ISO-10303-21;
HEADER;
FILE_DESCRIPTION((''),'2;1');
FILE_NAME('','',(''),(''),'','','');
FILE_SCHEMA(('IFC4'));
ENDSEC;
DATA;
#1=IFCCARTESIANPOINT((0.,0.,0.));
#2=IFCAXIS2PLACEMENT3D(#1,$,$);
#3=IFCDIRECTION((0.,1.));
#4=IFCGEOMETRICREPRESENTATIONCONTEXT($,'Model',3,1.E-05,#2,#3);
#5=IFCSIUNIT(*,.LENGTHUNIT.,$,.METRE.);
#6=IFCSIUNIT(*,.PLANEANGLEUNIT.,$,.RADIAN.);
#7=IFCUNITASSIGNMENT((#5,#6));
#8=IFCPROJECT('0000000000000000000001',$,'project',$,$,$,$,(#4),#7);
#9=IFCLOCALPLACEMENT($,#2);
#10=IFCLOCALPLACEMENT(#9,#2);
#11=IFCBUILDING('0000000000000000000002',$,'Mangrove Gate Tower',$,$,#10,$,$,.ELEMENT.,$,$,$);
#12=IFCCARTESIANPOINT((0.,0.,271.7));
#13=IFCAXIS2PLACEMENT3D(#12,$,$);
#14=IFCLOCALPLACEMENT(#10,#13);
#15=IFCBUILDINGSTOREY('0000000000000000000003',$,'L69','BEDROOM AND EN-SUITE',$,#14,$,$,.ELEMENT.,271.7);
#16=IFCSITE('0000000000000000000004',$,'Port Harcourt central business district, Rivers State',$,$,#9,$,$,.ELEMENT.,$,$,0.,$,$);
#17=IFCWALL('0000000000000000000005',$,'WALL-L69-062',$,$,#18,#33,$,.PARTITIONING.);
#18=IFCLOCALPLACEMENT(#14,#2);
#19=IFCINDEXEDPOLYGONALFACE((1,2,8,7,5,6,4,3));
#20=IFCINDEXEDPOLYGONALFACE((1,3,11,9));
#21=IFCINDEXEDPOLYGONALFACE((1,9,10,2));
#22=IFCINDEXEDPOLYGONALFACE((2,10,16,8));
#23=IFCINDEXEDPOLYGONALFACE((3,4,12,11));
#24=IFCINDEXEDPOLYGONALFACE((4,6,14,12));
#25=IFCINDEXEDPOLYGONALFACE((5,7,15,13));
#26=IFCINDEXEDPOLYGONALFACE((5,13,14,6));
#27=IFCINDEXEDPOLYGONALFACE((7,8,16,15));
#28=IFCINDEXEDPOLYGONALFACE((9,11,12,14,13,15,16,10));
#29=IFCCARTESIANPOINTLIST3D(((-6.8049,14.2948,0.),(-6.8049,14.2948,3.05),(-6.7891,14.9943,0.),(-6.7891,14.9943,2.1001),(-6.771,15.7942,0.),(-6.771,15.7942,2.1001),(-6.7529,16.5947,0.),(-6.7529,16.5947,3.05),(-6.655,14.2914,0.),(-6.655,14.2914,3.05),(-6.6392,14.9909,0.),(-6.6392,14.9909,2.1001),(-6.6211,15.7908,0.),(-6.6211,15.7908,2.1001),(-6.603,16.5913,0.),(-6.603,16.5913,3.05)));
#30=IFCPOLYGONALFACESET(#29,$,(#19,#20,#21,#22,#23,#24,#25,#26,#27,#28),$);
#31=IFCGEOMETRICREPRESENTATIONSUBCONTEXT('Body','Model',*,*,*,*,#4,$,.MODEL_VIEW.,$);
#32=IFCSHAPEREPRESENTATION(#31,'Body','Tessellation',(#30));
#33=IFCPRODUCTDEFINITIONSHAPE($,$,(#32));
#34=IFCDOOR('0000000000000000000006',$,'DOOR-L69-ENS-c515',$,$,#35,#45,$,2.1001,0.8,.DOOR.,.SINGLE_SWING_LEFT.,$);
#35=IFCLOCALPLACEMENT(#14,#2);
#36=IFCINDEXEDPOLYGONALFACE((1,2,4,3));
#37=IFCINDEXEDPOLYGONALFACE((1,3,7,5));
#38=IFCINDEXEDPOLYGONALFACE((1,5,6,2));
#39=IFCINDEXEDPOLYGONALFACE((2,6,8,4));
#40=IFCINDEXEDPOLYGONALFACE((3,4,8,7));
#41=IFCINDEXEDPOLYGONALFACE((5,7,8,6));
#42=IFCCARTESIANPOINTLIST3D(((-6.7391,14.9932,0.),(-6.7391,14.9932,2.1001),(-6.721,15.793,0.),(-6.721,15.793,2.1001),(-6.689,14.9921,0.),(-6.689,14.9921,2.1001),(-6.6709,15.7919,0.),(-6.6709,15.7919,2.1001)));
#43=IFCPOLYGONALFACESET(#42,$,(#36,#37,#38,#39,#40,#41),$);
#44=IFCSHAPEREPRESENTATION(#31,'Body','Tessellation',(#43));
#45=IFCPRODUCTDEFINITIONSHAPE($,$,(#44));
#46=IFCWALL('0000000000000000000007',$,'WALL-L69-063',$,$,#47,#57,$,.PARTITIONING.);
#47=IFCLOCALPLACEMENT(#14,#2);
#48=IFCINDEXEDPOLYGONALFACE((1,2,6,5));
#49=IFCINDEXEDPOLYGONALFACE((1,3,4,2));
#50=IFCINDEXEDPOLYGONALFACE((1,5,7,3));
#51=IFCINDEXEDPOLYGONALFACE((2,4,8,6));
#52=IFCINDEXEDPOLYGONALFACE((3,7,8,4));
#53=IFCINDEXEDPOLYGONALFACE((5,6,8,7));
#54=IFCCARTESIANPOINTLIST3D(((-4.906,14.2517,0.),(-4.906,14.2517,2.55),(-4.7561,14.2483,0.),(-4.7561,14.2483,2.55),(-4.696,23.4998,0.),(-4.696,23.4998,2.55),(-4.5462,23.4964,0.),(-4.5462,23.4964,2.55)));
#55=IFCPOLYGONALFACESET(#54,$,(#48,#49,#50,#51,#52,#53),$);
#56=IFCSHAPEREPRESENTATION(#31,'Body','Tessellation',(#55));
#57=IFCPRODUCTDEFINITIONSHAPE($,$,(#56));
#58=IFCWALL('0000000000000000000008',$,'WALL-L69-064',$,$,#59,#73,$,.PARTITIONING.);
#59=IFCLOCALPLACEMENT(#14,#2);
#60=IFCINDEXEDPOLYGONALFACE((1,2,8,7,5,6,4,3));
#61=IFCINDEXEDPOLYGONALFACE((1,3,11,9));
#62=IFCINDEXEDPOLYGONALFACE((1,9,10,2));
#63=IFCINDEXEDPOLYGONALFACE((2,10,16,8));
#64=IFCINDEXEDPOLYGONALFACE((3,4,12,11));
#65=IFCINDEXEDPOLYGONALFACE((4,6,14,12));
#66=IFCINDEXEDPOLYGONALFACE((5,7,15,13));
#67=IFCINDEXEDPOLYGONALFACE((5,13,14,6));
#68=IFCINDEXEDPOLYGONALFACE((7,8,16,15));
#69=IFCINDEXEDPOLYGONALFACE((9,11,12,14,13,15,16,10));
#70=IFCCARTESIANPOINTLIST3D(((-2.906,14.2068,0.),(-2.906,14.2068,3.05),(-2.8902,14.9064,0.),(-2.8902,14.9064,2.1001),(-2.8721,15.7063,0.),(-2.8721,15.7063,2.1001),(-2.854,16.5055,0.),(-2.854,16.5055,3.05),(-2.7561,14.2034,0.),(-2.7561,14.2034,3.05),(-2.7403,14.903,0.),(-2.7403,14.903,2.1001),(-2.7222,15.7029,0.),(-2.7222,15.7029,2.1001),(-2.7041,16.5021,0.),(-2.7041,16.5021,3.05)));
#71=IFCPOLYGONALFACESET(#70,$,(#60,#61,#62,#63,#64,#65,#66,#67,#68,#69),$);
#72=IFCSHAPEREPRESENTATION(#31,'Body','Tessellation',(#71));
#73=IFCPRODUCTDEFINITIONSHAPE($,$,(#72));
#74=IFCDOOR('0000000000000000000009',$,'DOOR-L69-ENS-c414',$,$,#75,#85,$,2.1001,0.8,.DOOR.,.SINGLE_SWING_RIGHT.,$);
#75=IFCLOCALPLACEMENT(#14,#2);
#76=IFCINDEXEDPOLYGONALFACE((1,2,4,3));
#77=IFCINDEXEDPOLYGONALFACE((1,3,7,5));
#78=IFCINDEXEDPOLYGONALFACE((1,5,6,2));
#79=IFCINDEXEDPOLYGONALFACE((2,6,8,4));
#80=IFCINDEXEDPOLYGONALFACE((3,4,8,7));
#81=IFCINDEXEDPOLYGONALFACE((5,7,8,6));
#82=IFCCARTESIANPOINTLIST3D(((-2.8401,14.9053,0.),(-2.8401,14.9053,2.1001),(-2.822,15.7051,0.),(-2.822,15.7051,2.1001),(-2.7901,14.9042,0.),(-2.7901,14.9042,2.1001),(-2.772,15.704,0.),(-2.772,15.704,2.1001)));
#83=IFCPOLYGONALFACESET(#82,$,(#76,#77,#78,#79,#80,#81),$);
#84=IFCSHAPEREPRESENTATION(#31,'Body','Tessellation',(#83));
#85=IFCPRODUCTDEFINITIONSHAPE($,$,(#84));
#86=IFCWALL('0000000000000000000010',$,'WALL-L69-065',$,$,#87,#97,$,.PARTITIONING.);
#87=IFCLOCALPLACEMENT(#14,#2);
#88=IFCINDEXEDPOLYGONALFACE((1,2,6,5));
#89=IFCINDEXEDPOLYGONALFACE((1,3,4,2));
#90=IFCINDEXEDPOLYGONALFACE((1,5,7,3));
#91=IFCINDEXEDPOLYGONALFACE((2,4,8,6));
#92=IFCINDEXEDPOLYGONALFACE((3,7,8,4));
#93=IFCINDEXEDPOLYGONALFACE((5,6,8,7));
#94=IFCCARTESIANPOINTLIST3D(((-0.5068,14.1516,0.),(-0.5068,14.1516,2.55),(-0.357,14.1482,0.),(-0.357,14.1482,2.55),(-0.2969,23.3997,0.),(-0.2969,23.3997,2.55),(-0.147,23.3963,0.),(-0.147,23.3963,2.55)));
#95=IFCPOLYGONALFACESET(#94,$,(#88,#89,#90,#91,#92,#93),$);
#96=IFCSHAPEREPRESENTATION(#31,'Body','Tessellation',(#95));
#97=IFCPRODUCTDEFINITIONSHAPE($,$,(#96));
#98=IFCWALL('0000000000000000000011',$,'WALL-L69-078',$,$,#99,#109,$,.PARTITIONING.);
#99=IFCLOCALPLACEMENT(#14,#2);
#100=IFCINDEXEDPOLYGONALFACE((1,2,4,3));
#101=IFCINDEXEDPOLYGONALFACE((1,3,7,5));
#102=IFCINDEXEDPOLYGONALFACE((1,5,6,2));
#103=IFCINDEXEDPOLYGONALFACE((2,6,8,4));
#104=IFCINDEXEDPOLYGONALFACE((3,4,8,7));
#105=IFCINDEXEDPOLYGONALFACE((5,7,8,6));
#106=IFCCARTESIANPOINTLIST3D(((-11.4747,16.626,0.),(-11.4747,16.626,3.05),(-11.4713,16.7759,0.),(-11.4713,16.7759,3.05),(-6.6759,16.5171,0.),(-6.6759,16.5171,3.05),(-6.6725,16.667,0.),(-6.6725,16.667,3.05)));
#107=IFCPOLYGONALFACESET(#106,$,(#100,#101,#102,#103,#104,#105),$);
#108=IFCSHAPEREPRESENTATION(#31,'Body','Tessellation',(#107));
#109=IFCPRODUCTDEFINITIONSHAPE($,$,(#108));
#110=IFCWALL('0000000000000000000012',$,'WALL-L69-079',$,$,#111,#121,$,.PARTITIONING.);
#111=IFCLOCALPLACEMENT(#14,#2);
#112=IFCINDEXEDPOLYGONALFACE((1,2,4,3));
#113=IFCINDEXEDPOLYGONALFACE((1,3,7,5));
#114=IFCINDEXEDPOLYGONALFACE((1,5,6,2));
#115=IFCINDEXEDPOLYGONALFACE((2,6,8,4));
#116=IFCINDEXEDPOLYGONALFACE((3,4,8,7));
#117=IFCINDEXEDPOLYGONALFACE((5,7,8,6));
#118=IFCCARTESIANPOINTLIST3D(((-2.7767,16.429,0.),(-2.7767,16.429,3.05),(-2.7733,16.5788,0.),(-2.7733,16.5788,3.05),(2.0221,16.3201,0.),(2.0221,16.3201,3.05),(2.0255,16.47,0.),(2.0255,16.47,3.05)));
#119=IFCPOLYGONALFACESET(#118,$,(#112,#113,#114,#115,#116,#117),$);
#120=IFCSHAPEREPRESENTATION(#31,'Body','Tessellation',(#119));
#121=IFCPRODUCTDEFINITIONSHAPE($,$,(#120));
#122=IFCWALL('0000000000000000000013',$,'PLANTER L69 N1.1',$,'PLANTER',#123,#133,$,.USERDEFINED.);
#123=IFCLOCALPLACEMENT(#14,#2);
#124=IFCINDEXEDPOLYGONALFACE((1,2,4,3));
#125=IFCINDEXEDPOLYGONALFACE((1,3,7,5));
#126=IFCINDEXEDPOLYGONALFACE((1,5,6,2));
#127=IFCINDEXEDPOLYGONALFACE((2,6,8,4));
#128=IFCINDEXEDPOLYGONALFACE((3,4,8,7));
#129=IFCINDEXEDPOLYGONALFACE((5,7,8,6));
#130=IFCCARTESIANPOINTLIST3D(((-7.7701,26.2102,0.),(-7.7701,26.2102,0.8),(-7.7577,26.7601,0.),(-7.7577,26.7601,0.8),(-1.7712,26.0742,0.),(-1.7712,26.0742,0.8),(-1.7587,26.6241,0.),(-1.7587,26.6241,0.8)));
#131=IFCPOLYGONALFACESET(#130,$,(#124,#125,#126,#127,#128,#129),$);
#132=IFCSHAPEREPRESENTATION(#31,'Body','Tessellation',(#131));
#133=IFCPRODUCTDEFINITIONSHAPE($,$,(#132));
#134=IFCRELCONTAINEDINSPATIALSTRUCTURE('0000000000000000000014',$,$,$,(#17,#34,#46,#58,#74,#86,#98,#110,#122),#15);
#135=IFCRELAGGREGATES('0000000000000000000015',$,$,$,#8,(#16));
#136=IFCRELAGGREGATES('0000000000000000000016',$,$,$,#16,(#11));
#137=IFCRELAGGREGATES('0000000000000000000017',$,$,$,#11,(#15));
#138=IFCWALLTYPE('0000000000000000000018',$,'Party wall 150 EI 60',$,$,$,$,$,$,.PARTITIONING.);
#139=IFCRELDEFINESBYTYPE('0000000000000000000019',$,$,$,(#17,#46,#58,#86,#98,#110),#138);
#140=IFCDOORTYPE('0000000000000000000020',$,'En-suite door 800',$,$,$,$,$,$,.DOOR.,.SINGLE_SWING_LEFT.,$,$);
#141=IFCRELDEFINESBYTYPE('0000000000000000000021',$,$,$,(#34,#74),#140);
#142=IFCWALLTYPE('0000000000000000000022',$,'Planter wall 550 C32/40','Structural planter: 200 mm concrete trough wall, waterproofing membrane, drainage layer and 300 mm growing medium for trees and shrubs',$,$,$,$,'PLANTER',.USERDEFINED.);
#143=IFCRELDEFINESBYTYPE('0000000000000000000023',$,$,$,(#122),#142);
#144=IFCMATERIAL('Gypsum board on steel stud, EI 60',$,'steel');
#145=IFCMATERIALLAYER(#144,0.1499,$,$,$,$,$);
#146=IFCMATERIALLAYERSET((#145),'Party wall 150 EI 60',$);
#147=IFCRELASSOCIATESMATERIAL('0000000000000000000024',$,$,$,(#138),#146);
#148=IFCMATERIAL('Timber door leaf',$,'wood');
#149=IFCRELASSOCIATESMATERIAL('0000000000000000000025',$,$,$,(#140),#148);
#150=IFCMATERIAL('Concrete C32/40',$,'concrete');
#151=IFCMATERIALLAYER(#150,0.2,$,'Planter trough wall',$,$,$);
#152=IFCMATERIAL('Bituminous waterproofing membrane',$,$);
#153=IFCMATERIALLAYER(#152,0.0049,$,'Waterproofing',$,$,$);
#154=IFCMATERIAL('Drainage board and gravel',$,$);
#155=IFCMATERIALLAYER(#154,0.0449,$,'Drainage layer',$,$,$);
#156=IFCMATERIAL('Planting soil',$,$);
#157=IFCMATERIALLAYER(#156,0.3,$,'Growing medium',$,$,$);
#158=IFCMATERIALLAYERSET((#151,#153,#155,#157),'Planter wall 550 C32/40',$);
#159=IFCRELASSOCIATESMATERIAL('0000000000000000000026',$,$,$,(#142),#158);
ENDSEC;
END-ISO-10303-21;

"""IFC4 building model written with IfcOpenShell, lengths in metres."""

from ifc_helpers import new_model, si_unit, direction, frame, frame_2d, origin, place, context, subcontext, project, spatial, rectangle, extrude, material, layer, layer_set, type_object, element, fill, save


model = new_model("IFC4")

# Units and contexts
model_context = context("Model", 3, precision=1e-05, world=origin(), true_north=direction((0.0, 1.0)))
body_context = subcontext(model_context, "Body", "Model", "MODEL_VIEW")
ifc_project = project(units=[si_unit("LENGTHUNIT", "METRE"), si_unit("PLANEANGLEUNIT", "RADIAN")], contexts=[model_context])

# Site, building, storey
site_placement = place(None, origin())
site = spatial("IfcSite", under=ifc_project, at=site_placement, Name="Port Harcourt central business district, Rivers State", CompositionType="ELEMENT", RefElevation=0.0)
building_placement = place(site_placement, origin())
building = spatial("IfcBuilding", under=site, at=building_placement, Name="Mangrove Gate Tower", CompositionType="ELEMENT")
storey_placement = place(building_placement, frame((0.0, 0.0, 271.7)))
storey = spatial("IfcBuildingStorey", under=building, at=storey_placement, Name="L69", Description="BEDROOM AND EN-SUITE", CompositionType="ELEMENT", Elevation=271.7)

# Shared definitions
ifc_material_1 = material(Name="Gypsum board on steel stud, EI 60", Category="steel")
ifc_layer_1 = layer(ifc_material_1, 0.1499)
ifc_layer_set_1 = layer_set([ifc_layer_1], Name="Party wall 150 EI 60")
wall_type_1 = type_object("IfcWallType", Name="Party wall 150 EI 60", PredefinedType="PARTITIONING", material=ifc_layer_set_1)
ifc_material_2 = material(Name="Timber door leaf", Category="wood")
door_type = type_object("IfcDoorType", Name="En-suite door 800", OperationType="SINGLE_SWING_LEFT", PredefinedType="DOOR", material=ifc_material_2)

# Wall, opening, door
wall_1_placement = place(storey_placement, frame((-6.73, 14.293, 0.0), z_axis=(0.0, 0.0, 1.0), x_axis=(0.022603, 0.999745, 0.0)))
wall_1 = element("IfcWall", 1, at=wall_1_placement, inside=storey, type_object=wall_type_1, Name="WALL-L69-062", PredefinedType="PARTITIONING", context=body_context, shape_type="SweptSolid", body=[
    extrude(rectangle(XDim=2.3005, YDim=0.1499, at=frame_2d((1.1504, 0.0))), origin(), (0.0, 0.0, 1.0), 3.05),
])
opening_1_placement = place(wall_1_placement, frame((0.7, 0.0, 0.0)))
opening_1 = element("IfcOpeningElement", 2, at=opening_1_placement, cuts=wall_1, PredefinedType="OPENING", context=body_context, shape_type="SweptSolid", body=[
    extrude(rectangle(XDim=0.8, YDim=2.1001, at=frame_2d((0.3999, 1.05))), frame((0.0, 0.085, 0.0), z_axis=(0.0, -1.0, 0.0), x_axis=(1.0, 0.0, 0.0)), (0.0, 0.0, 1.0), 0.1699),
])
door_1_placement = place(opening_1_placement, origin())
door_1 = element("IfcDoor", 3, at=door_1_placement, inside=storey, type_object=door_type, Name="DOOR-L69-ENS-c515", OperationType="SINGLE_SWING_LEFT", OverallHeight=2.1001, OverallWidth=0.8, PredefinedType="DOOR", context=body_context, shape_type="SweptSolid", body=[
    extrude(rectangle(XDim=0.8, YDim=2.1001, at=frame_2d((0.3999, 1.05))), frame((0.0, 0.0249, 0.0), z_axis=(0.0, -1.0, 0.0), x_axis=(1.0, 0.0, 0.0)), (0.0, 0.0, 1.0), 0.05),
])
fill(opening_1, door_1)

# Wall
wall_2_placement = place(storey_placement, frame((-4.8311, 14.25, 0.0), z_axis=(0.0, 0.0, 1.0), x_axis=(0.022697, 0.999742, 0.0)))
element("IfcWall", 4, at=wall_2_placement, inside=storey, type_object=wall_type_1, Name="WALL-L69-063", PredefinedType="PARTITIONING", context=body_context, shape_type="SweptSolid", body=[
    extrude(rectangle(XDim=9.2505, YDim=0.1499, at=frame_2d((4.6252, 0.0))), origin(), (0.0, 0.0, 1.0), 2.55),
])

# Wall, opening, door
wall_3_placement = place(storey_placement, frame((-2.8311, 14.2051, 0.0), z_axis=(0.0, 0.0, 1.0), x_axis=(0.022615, 0.999744, 0.0)))
wall_3 = element("IfcWall", 5, at=wall_3_placement, inside=storey, type_object=wall_type_1, Name="WALL-L69-064", PredefinedType="PARTITIONING", context=body_context, shape_type="SweptSolid", body=[
    extrude(rectangle(XDim=2.2993, YDim=0.1499, at=frame_2d((1.1497, 0.0))), origin(), (0.0, 0.0, 1.0), 3.05),
])
opening_2_placement = place(wall_3_placement, frame((0.7, 0.0, 0.0)))
opening_2 = element("IfcOpeningElement", 6, at=opening_2_placement, cuts=wall_3, PredefinedType="OPENING", context=body_context, shape_type="SweptSolid", body=[
    extrude(rectangle(XDim=0.8, YDim=2.1001, at=frame_2d((0.3999, 1.05))), frame((0.0, 0.085, 0.0), z_axis=(0.0, -1.0, 0.0), x_axis=(1.0, 0.0, 0.0)), (0.0, 0.0, 1.0), 0.1699),
])
door_2_placement = place(opening_2_placement, origin())
door_2 = element("IfcDoor", 7, at=door_2_placement, inside=storey, type_object=door_type, Name="DOOR-L69-ENS-c414", OperationType="SINGLE_SWING_RIGHT", OverallHeight=2.1001, OverallWidth=0.8, PredefinedType="DOOR", context=body_context, shape_type="SweptSolid", body=[
    extrude(rectangle(XDim=0.8, YDim=2.1001, at=frame_2d((0.3999, 1.05))), frame((0.0, 0.0249, 0.0), z_axis=(0.0, -1.0, 0.0), x_axis=(1.0, 0.0, 0.0)), (0.0, 0.0, 1.0), 0.05),
])
fill(opening_2, door_2)

# Walls
wall_4_placement = place(storey_placement, frame((-0.4319, 14.1499, 0.0), z_axis=(0.0, 0.0, 1.0), x_axis=(0.022697, 0.999742, 0.0)))
element("IfcWall", 8, at=wall_4_placement, inside=storey, type_object=wall_type_1, Name="WALL-L69-065", PredefinedType="PARTITIONING", context=body_context, shape_type="SweptSolid", body=[
    extrude(rectangle(XDim=9.2505, YDim=0.1499, at=frame_2d((4.6252, 0.0))), origin(), (0.0, 0.0, 1.0), 2.55),
])
for number, where, z_axis, x_axis, name in (
    (9, (-11.4729, 16.7009, 0.0), (0.0, 0.0, 1.0), (0.999743, -0.022684, 0.0), "WALL-L69-078"),
    (10, (-2.7749, 16.5039, 0.0), (0.0, 0.0, 1.0), (0.999743, -0.022684, 0.0), "WALL-L69-079"),
):
    element("IfcWall", number, at=place(storey_placement, frame(where, z_axis=z_axis, x_axis=x_axis)), inside=storey, type_object=wall_type_1, Name=name, PredefinedType="PARTITIONING", context=body_context, shape_type="SweptSolid", body=[
        extrude(rectangle(XDim=4.8, YDim=0.1499, at=frame_2d((2.3999, 0.0))), origin(), (0.0, 0.0, 1.0), 3.05),
    ])
ifc_material_3 = material(Name="Concrete C32/40", Category="concrete")
ifc_layer_2 = layer(ifc_material_3, 0.2, Name="Planter trough wall")
ifc_material_4 = material(Name="Bituminous waterproofing membrane")
ifc_layer_3 = layer(ifc_material_4, 0.0049, Name="Waterproofing")
ifc_material_5 = material(Name="Drainage board and gravel")
ifc_layer_4 = layer(ifc_material_5, 0.0449, Name="Drainage layer")
ifc_material_6 = material(Name="Planting soil")
ifc_layer_5 = layer(ifc_material_6, 0.3, Name="Growing medium")
ifc_layer_set_2 = layer_set([ifc_layer_2, ifc_layer_3, ifc_layer_4, ifc_layer_5], Name="Planter wall 550 C32/40")
wall_type_2 = type_object("IfcWallType", Name="Planter wall 550 C32/40", Description="Structural planter: 200 mm concrete trough wall, waterproofing membrane, drainage layer and 300 mm growing medium for trees and shrubs", ElementType="PLANTER", PredefinedType="USERDEFINED", material=ifc_layer_set_2)
wall_5_placement = place(storey_placement, frame((-7.7639, 26.4851, 0.0), z_axis=(0.0, 0.0, 1.0), x_axis=(0.999743, -0.022662, 0.0)))
element("IfcWall", 11, at=wall_5_placement, inside=storey, type_object=wall_type_2, Name="PLANTER L69 N1.1", ObjectType="PLANTER", PredefinedType="USERDEFINED", context=body_context, shape_type="SweptSolid", body=[
    extrude(rectangle(XDim=6.0005, YDim=0.55, at=frame_2d((3.0002, 0.0))), origin(), (0.0, 0.0, 1.0), 0.8),
])

save(model, "model.ifc")
